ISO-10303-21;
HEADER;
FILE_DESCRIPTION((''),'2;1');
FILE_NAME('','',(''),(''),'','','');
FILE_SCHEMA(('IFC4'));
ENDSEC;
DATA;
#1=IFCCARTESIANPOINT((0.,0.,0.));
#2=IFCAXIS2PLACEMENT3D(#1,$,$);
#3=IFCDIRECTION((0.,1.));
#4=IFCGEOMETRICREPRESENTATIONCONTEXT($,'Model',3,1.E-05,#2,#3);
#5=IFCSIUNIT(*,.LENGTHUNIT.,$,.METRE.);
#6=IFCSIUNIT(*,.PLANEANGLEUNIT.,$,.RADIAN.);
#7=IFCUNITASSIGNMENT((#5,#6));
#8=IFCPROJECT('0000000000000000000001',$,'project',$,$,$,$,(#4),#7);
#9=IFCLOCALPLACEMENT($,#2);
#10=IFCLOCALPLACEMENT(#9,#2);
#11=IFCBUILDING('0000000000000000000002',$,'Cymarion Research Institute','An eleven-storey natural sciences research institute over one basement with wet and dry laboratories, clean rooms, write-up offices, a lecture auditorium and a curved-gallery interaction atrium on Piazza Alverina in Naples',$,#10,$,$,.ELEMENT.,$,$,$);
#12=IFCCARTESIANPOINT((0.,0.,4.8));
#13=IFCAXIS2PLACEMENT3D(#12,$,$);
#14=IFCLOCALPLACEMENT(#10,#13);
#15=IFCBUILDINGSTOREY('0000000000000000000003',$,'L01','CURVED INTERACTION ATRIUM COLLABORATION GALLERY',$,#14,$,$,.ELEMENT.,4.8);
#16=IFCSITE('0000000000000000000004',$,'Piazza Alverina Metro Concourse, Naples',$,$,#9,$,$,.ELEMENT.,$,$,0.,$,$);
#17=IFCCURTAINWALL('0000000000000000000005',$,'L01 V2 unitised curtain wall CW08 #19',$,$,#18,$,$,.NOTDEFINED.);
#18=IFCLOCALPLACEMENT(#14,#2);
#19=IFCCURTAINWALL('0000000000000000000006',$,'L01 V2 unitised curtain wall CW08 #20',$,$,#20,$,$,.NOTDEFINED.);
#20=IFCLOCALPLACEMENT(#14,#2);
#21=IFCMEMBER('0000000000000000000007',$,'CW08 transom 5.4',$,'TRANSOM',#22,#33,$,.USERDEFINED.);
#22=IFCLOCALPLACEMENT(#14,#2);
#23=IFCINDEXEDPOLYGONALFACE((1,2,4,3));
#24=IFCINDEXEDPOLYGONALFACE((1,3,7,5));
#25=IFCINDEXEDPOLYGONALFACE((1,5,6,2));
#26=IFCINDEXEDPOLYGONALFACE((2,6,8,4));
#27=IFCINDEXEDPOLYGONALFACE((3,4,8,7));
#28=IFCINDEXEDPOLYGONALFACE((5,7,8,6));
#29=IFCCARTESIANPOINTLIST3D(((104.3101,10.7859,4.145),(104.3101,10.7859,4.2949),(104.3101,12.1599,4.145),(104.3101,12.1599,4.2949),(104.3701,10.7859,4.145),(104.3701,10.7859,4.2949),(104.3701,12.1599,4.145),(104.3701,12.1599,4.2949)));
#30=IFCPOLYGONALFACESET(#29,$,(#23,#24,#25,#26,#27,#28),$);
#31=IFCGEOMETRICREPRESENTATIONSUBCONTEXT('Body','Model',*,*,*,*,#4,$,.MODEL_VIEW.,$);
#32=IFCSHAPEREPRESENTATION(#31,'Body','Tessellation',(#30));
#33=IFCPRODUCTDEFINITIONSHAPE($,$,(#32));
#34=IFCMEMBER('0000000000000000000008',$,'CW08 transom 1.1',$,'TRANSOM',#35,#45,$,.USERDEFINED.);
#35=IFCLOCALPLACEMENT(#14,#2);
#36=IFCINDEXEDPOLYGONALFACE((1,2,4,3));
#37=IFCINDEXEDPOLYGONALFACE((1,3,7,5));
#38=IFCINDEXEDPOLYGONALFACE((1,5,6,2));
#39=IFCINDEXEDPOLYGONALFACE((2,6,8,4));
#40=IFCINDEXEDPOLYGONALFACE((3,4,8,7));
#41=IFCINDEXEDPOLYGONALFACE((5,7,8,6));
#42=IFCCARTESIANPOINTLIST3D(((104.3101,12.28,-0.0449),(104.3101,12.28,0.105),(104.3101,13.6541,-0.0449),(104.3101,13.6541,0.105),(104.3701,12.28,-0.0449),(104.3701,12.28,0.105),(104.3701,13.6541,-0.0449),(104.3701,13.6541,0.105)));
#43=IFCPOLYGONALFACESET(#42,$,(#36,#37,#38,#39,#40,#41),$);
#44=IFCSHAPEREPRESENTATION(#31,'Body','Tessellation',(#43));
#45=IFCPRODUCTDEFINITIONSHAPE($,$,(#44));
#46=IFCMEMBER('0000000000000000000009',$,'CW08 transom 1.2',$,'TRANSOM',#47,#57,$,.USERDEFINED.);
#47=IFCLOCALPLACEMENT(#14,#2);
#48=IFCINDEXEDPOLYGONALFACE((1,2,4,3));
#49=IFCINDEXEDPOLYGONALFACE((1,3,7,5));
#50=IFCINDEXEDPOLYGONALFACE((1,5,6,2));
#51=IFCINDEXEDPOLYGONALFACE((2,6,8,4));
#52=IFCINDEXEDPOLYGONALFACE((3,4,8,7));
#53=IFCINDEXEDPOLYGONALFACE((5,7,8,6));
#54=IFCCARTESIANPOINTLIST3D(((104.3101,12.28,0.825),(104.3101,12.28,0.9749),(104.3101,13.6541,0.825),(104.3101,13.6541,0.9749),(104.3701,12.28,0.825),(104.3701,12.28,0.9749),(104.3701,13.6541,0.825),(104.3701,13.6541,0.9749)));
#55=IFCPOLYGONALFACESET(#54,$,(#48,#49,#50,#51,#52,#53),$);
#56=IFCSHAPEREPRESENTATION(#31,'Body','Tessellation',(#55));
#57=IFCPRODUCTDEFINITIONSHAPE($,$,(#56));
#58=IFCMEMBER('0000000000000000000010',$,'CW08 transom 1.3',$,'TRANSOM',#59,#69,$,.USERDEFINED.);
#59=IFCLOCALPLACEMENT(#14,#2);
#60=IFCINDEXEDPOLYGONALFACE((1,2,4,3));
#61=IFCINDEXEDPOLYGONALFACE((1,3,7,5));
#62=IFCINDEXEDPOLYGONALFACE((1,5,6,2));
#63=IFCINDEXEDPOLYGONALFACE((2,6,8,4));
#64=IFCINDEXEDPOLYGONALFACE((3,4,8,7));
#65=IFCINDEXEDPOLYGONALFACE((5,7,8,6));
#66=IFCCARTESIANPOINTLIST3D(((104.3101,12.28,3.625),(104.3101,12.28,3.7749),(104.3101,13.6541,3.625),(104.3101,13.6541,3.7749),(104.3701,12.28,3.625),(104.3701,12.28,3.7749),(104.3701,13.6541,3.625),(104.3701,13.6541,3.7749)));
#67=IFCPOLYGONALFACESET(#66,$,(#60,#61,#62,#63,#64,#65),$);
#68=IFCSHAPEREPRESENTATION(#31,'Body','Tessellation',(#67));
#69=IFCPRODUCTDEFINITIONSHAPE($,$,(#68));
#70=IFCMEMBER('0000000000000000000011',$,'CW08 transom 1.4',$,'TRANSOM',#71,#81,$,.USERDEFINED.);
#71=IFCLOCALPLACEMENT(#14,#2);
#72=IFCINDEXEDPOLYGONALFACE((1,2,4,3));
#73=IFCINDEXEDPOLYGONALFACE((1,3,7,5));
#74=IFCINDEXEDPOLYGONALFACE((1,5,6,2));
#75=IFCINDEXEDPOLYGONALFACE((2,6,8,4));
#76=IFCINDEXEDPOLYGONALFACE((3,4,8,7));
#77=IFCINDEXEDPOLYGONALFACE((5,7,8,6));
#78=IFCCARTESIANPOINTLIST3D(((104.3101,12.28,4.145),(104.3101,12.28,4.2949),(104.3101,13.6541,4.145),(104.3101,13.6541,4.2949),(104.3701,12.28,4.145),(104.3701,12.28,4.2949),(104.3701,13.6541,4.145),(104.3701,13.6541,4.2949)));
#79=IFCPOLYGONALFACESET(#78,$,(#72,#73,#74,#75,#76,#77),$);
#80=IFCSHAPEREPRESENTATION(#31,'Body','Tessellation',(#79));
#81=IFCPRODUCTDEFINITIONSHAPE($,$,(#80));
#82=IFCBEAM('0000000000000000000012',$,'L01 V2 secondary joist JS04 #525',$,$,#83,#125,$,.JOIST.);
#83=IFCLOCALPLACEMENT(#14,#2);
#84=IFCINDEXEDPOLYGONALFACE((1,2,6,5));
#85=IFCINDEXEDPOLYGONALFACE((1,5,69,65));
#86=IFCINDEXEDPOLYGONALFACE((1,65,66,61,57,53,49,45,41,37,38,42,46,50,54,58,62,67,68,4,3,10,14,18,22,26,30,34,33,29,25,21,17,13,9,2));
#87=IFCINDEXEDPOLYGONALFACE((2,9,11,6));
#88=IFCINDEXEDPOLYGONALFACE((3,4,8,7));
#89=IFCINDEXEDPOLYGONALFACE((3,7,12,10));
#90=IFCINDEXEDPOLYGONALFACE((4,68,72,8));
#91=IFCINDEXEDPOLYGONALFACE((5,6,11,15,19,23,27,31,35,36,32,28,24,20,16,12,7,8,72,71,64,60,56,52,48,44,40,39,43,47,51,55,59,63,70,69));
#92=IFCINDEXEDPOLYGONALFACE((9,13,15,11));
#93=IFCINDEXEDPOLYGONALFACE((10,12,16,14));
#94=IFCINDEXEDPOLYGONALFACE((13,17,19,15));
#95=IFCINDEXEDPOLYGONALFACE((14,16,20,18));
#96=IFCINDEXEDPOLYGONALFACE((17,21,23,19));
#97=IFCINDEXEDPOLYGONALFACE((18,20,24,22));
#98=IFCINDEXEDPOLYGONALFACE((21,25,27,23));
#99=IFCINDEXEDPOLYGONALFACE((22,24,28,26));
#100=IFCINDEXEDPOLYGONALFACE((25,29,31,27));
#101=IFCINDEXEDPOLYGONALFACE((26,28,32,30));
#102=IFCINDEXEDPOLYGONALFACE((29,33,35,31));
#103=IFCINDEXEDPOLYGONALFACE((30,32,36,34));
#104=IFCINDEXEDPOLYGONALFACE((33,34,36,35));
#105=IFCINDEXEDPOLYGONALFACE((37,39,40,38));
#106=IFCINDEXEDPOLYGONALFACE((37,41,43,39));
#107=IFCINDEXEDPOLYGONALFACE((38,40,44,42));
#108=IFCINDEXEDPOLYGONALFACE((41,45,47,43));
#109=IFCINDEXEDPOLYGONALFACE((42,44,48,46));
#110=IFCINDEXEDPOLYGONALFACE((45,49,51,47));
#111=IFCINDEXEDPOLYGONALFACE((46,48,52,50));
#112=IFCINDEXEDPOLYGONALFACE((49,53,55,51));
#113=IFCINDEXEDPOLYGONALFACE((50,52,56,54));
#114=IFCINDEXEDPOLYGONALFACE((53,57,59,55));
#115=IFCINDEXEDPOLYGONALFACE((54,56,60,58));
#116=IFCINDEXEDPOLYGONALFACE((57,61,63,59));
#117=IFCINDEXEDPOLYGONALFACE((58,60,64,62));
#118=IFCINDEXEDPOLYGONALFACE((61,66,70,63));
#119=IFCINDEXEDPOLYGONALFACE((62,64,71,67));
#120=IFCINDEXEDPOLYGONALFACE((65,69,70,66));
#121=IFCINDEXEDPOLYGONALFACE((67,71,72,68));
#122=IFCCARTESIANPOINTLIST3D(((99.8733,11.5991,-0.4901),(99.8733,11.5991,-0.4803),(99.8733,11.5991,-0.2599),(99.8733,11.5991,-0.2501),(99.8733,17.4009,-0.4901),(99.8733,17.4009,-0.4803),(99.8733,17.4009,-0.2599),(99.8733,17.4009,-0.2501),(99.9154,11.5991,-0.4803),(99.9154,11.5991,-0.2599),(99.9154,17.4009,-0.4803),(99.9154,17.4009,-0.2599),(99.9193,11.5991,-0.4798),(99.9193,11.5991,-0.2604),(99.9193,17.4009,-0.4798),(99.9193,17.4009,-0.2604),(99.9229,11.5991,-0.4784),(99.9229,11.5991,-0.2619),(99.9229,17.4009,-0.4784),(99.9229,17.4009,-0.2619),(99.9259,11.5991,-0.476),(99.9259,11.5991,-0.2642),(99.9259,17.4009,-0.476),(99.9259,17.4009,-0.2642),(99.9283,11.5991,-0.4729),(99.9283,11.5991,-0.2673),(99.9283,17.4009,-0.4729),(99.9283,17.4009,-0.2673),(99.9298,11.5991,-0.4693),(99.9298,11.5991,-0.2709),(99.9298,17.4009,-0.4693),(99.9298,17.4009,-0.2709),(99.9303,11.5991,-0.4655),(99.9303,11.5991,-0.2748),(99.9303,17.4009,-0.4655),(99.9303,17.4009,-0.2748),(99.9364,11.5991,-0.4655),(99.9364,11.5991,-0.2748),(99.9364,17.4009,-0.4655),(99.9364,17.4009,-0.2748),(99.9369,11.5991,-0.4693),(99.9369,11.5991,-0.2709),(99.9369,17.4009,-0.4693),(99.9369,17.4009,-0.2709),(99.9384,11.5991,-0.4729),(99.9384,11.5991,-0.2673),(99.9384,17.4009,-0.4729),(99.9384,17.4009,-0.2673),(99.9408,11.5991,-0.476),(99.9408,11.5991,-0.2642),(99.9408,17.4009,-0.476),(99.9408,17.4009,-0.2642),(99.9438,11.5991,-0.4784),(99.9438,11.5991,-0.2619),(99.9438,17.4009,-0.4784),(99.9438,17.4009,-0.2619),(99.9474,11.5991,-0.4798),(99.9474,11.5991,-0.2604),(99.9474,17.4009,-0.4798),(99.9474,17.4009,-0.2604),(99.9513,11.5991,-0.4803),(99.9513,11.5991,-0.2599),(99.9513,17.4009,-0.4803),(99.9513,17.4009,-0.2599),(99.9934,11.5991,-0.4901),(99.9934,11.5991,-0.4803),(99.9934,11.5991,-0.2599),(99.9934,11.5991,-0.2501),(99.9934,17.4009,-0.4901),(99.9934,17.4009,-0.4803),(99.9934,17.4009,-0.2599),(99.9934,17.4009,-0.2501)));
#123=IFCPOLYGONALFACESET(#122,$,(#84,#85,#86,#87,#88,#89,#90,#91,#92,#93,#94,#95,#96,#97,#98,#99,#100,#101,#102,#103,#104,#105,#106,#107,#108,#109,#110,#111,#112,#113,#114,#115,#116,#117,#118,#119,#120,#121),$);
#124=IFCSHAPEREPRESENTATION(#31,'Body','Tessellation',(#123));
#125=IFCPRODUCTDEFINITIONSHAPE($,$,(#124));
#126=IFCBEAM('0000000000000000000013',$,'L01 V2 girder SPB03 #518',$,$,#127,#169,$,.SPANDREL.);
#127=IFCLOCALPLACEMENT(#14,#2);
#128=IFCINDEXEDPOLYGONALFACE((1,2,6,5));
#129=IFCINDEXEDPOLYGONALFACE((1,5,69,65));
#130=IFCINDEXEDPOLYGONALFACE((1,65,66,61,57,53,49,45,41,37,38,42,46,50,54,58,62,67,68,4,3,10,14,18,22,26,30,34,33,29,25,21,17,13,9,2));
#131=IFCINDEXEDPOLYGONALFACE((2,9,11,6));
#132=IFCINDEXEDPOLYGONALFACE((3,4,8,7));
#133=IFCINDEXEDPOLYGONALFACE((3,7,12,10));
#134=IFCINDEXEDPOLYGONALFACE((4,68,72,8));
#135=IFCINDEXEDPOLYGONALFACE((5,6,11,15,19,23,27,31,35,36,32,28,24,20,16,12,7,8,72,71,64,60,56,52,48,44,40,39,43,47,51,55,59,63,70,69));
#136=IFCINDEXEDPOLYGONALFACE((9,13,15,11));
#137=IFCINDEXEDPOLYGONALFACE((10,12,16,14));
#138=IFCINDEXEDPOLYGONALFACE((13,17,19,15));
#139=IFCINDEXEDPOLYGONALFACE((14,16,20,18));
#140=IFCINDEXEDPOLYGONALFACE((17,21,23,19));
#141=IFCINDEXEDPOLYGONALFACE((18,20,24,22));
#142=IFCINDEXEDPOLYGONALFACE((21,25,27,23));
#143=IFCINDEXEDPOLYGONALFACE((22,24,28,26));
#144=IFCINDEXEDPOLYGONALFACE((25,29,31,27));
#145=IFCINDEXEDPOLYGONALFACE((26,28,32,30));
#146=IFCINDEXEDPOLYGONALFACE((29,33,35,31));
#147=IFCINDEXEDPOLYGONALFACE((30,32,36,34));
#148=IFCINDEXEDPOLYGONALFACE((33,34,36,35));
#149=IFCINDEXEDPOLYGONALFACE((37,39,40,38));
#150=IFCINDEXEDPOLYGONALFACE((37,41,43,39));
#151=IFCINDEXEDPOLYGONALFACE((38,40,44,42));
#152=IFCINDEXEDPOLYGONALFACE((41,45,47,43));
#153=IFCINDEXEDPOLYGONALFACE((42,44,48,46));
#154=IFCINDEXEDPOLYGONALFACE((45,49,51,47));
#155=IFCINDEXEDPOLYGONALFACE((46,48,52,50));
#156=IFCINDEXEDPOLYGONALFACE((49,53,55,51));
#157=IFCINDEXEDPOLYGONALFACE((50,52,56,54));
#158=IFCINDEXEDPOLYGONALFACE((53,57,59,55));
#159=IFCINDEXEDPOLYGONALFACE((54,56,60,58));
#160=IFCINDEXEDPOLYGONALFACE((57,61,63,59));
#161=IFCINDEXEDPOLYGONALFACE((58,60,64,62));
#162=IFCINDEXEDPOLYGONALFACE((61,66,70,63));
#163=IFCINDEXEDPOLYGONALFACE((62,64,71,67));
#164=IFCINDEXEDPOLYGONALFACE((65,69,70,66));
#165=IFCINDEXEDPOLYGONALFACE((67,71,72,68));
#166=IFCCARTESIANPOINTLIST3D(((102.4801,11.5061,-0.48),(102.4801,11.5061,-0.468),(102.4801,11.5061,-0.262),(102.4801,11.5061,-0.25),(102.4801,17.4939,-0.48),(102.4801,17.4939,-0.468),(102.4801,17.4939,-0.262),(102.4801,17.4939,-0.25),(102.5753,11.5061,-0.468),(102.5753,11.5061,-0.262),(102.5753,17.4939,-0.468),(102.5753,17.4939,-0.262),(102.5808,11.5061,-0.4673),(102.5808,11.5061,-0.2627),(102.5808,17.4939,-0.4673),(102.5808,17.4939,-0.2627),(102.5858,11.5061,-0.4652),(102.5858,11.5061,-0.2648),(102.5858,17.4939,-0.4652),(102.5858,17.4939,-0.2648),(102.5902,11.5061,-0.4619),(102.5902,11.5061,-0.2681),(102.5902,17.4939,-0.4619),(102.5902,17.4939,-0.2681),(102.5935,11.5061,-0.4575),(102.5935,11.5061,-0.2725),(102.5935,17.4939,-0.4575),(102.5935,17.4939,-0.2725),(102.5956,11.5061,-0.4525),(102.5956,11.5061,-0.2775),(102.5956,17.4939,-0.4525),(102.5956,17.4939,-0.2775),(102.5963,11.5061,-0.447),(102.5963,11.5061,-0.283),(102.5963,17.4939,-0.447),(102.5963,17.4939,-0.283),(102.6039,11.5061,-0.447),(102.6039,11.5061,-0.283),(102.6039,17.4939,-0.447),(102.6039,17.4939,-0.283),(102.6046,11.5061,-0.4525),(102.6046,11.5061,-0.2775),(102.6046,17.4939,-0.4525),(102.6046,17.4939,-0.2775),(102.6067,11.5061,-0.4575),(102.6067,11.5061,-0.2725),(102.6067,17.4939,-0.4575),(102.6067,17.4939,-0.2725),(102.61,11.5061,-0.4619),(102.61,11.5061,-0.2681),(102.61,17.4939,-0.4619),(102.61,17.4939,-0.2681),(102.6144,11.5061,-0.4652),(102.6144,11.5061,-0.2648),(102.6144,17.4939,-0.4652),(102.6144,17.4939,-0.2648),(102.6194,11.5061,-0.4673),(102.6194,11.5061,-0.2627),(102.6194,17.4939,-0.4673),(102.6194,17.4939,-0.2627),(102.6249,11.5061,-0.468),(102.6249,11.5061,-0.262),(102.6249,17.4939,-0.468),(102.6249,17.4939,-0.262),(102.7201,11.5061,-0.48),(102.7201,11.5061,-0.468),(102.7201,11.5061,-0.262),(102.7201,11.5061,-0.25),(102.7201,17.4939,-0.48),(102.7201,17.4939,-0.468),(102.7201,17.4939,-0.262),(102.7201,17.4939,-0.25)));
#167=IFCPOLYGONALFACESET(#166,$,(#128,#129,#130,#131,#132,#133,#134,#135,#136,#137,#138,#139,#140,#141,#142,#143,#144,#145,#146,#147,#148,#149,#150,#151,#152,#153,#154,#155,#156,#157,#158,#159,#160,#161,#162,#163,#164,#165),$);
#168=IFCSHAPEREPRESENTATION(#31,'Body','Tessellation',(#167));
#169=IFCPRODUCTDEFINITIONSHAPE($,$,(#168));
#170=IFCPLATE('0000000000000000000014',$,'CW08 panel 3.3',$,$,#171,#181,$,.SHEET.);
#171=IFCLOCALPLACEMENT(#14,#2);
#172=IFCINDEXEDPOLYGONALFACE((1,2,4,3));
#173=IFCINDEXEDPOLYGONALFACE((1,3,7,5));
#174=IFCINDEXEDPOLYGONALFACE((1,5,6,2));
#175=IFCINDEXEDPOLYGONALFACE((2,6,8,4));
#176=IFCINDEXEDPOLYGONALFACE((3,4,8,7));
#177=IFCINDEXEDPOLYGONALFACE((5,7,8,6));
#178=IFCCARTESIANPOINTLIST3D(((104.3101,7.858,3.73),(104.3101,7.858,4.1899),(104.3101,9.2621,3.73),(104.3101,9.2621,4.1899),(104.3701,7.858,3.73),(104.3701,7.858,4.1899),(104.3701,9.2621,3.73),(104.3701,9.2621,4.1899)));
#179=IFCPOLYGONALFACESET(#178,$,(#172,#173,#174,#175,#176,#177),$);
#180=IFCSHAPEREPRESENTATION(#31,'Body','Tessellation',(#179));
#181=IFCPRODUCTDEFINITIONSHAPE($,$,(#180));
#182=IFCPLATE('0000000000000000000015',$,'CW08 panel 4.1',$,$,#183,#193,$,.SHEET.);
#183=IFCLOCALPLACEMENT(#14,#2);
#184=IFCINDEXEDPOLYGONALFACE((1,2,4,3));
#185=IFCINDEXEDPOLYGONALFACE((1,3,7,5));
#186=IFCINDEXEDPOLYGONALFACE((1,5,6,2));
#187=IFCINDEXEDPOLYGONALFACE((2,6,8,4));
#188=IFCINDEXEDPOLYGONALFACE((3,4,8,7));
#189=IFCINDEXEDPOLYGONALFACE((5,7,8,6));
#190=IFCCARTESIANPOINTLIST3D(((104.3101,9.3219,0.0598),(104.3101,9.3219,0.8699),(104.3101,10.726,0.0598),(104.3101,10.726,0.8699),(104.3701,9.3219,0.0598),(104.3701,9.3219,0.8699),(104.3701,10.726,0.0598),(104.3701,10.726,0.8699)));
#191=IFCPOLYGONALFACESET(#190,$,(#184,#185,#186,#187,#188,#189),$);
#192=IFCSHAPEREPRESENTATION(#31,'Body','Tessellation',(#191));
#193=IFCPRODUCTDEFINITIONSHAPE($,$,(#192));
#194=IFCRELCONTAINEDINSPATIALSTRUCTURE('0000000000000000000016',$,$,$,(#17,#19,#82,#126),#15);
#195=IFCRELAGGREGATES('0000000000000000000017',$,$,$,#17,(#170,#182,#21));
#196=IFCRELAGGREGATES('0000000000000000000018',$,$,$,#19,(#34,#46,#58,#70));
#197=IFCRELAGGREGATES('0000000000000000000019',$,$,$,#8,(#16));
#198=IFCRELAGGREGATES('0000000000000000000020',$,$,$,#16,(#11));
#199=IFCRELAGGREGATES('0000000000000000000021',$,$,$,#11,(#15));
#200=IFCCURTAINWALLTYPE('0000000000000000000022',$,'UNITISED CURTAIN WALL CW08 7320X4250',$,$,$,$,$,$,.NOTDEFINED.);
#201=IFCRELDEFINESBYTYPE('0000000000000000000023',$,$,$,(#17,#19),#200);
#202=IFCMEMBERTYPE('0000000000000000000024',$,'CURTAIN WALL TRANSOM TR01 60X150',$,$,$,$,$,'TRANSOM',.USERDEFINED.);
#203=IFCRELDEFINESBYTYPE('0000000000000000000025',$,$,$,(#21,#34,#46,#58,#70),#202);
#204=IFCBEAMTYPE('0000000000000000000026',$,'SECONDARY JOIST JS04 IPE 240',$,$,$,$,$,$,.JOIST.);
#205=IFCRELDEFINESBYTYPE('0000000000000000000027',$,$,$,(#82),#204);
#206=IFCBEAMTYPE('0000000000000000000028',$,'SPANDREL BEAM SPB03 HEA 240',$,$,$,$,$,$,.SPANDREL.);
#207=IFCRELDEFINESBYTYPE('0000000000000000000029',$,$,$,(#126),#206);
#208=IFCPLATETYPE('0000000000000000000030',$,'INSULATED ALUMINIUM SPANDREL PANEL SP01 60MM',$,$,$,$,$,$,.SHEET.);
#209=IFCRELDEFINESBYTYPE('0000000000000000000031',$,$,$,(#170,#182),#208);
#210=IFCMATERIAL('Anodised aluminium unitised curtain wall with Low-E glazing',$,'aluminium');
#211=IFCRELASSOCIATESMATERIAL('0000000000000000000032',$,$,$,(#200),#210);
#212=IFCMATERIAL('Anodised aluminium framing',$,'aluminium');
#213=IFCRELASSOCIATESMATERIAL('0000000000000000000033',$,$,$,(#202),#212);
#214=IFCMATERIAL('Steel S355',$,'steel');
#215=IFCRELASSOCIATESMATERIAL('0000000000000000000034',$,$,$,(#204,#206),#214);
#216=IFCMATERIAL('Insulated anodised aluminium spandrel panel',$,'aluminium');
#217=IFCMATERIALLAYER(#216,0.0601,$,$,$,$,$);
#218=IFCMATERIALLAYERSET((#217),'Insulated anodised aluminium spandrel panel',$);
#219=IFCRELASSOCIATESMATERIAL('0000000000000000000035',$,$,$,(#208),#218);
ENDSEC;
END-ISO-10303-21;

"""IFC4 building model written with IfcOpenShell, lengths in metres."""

from ifc_helpers import new_model, si_unit, direction, frame, origin, origin_2d, place, context, subcontext, project, spatial, rectangle, i_section, extrude, material, layer, layer_set, material_profile, profile_set, type_object, element, aggregate, save


model = new_model("IFC4")

# Units and contexts
model_context = context("Model", 3, precision=1e-05, world=origin(), true_north=direction((0.0, 1.0)))
body_context = subcontext(model_context, "Body", "Model", "MODEL_VIEW")
ifc_project = project(units=[si_unit("LENGTHUNIT", "METRE"), si_unit("PLANEANGLEUNIT", "RADIAN")], contexts=[model_context])

# Site, building, storey
site_placement = place(None, origin())
site = spatial("IfcSite", under=ifc_project, at=site_placement, Name="Piazza Alverina Metro Concourse, Naples", CompositionType="ELEMENT", RefElevation=0.0)
building_placement = place(site_placement, origin())
building = spatial("IfcBuilding", under=site, at=building_placement, Name="Cymarion Research Institute", Description="An eleven-storey natural sciences research institute over one basement with wet and dry laboratories, clean rooms, write-up offices, a lecture auditorium and a curved-gallery interaction atrium on Piazza Alverina in Naples", CompositionType="ELEMENT")
storey_placement = place(building_placement, frame((0.0, 0.0, 4.8)))
storey = spatial("IfcBuildingStorey", under=building, at=storey_placement, Name="L01", Description="CURVED INTERACTION ATRIUM COLLABORATION GALLERY", CompositionType="ELEMENT", Elevation=4.8)

# Shared definitions
ifc_material_1 = material(Name="Steel S355", Category="steel")

# Curtain wall
ifc_material_2 = material(Name="Anodised aluminium unitised curtain wall with Low-E glazing", Category="aluminium")
curtain_wall_type = type_object("IfcCurtainWallType", Name="UNITISED CURTAIN WALL CW08 7320X4250", PredefinedType="NOTDEFINED", material=ifc_material_2)
curtain_wall_1_placement = place(storey_placement, origin())
curtain_wall_1 = element("IfcCurtainWall", 1, at=curtain_wall_1_placement, inside=storey, type_object=curtain_wall_type, Name="L01 V2 unitised curtain wall CW08 #19", PredefinedType="NOTDEFINED")
ifc_material_3 = material(Name="Anodised aluminium framing", Category="aluminium")

# Curtain wall
curtain_wall_2_placement = place(storey_placement, origin())
curtain_wall_2 = element("IfcCurtainWall", 2, at=curtain_wall_2_placement, inside=storey, type_object=curtain_wall_type, Name="L01 V2 unitised curtain wall CW08 #20", PredefinedType="NOTDEFINED")

# Members
ifc_material_profile_1 = material_profile(ifc_material_3, rectangle(XDim=0.0601, YDim=0.1499, at=origin_2d()), Name="ALU TRANSOM 60x150")
ifc_profile_set_1 = profile_set([ifc_material_profile_1], Name="Anodised aluminium framing")
member_type_1 = type_object("IfcMemberType", Name="CURTAIN WALL TRANSOM TR01 60X150", ElementType="TRANSOM", PredefinedType="USERDEFINED", material=ifc_profile_set_1)
member_1_placement = place(storey_placement, frame((104.3401, 10.7859, 4.22), z_axis=(0.0, 1.0, 0.0), x_axis=(-1.0, 0.0, 0.0)))
member_1 = element("IfcMember", 3, at=member_1_placement, type_object=member_type_1, Name="CW08 transom 5.4", ObjectType="TRANSOM", PredefinedType="USERDEFINED", context=body_context, shape_type="SweptSolid", body=[
    extrude(rectangle(XDim=0.0601, YDim=0.1499, at=origin_2d()), origin(), (0.0, 0.0, 1.0), 1.374),
])
member_2_placement = place(storey_placement, frame((104.3401, 12.28, 0.03), z_axis=(0.0, 1.0, 0.0), x_axis=(-1.0, 0.0, 0.0)))
member_2 = element("IfcMember", 4, at=member_2_placement, type_object=member_type_1, Name="CW08 transom 1.1", ObjectType="TRANSOM", PredefinedType="USERDEFINED", context=body_context, shape_type="SweptSolid", body=[
    extrude(rectangle(XDim=0.0601, YDim=0.1499, at=origin_2d()), origin(), (0.0, 0.0, 1.0), 1.374),
])
member_3_placement = place(storey_placement, frame((104.3401, 12.28, 0.8999), z_axis=(0.0, 1.0, 0.0), x_axis=(-1.0, 0.0, 0.0)))
member_3 = element("IfcMember", 5, at=member_3_placement, type_object=member_type_1, Name="CW08 transom 1.2", ObjectType="TRANSOM", PredefinedType="USERDEFINED", context=body_context, shape_type="SweptSolid", body=[
    extrude(rectangle(XDim=0.0601, YDim=0.1499, at=origin_2d()), origin(), (0.0, 0.0, 1.0), 1.374),
])
member_4_placement = place(storey_placement, frame((104.3401, 12.28, 3.7), z_axis=(0.0, 1.0, 0.0), x_axis=(-1.0, 0.0, 0.0)))
member_4 = element("IfcMember", 6, at=member_4_placement, type_object=member_type_1, Name="CW08 transom 1.3", ObjectType="TRANSOM", PredefinedType="USERDEFINED", context=body_context, shape_type="SweptSolid", body=[
    extrude(rectangle(XDim=0.0601, YDim=0.1499, at=origin_2d()), origin(), (0.0, 0.0, 1.0), 1.374),
])
member_5_placement = place(storey_placement, frame((104.3401, 12.28, 4.22), z_axis=(0.0, 1.0, 0.0), x_axis=(-1.0, 0.0, 0.0)))
member_5 = element("IfcMember", 7, at=member_5_placement, type_object=member_type_1, Name="CW08 transom 1.4", ObjectType="TRANSOM", PredefinedType="USERDEFINED", context=body_context, shape_type="SweptSolid", body=[
    extrude(rectangle(XDim=0.0601, YDim=0.1499, at=origin_2d()), origin(), (0.0, 0.0, 1.0), 1.374),
])

# Beams
ifc_material_profile_2 = material_profile(ifc_material_1, i_section(OverallWidth=0.1201, OverallDepth=0.24, WebThickness=0.0061, FlangeThickness=0.0098, FilletRadius=0.0149, at=origin_2d()), Name="IPE 240")
ifc_profile_set_2 = profile_set([ifc_material_profile_2], Name="Steel S355")
beam_type_1 = type_object("IfcBeamType", Name="SECONDARY JOIST JS04 IPE 240", PredefinedType="JOIST", material=ifc_profile_set_2)
beam_1_placement = place(storey_placement, frame((99.9333, 11.5991, -0.3701), z_axis=(0.0, 1.0, 0.0), x_axis=(-1.0, 0.0, 0.0)))
element("IfcBeam", 8, at=beam_1_placement, inside=storey, type_object=beam_type_1, Name="L01 V2 secondary joist JS04 #525", PredefinedType="JOIST", context=body_context, shape_type="SweptSolid", body=[
    extrude(i_section(OverallWidth=0.1201, OverallDepth=0.24, WebThickness=0.0061, FlangeThickness=0.0098, FilletRadius=0.0149, at=origin_2d()), origin(), (0.0, 0.0, 1.0), 5.8018),
])
ifc_material_profile_3 = material_profile(ifc_material_1, i_section(OverallWidth=0.24, OverallDepth=0.23, WebThickness=0.0076, FlangeThickness=0.012, FilletRadius=0.021, at=origin_2d()), Name="HEA 240")
ifc_profile_set_3 = profile_set([ifc_material_profile_3], Name="Steel S355")
beam_type_2 = type_object("IfcBeamType", Name="SPANDREL BEAM SPB03 HEA 240", PredefinedType="SPANDREL", material=ifc_profile_set_3)
beam_2_placement = place(storey_placement, frame((102.6001, 11.5061, -0.365), z_axis=(0.0, 1.0, 0.0), x_axis=(-1.0, 0.0, 0.0)))
element("IfcBeam", 9, at=beam_2_placement, inside=storey, type_object=beam_type_2, Name="L01 V2 girder SPB03 #518", PredefinedType="SPANDREL", context=body_context, shape_type="SweptSolid", body=[
    extrude(i_section(OverallWidth=0.24, OverallDepth=0.23, WebThickness=0.0076, FlangeThickness=0.012, FilletRadius=0.021, at=origin_2d()), origin(), (0.0, 0.0, 1.0), 5.9878),
])

# Plates
ifc_material_4 = material(Name="Insulated anodised aluminium spandrel panel", Category="aluminium")
ifc_layer_1 = layer(ifc_material_4, 0.0601)
ifc_layer_set_1 = layer_set([ifc_layer_1], Name="Insulated anodised aluminium spandrel panel")
plate_type_1 = type_object("IfcPlateType", Name="INSULATED ALUMINIUM SPANDREL PANEL SP01 60MM", PredefinedType="SHEET", material=ifc_layer_set_1)
plate_1_placement = place(storey_placement, frame((104.3401, 8.5601, 3.73), z_axis=(0.0, 0.0, 1.0), x_axis=(0.0, 1.0, 0.0)))
plate_1 = element("IfcPlate", 10, at=plate_1_placement, type_object=plate_type_1, Name="CW08 panel 3.3", PredefinedType="SHEET", context=body_context, shape_type="SweptSolid", body=[
    extrude(rectangle(XDim=1.4041, YDim=0.0601, at=origin_2d()), origin(), (0.0, 0.0, 1.0), 0.46),
])
plate_2_placement = place(storey_placement, frame((104.3401, 10.0239, 0.0598), z_axis=(0.0, 0.0, 1.0), x_axis=(0.0, 1.0, 0.0)))
plate_2 = element("IfcPlate", 11, at=plate_2_placement, type_object=plate_type_1, Name="CW08 panel 4.1", PredefinedType="SHEET", context=body_context, shape_type="SweptSolid", body=[
    extrude(rectangle(XDim=1.4041, YDim=0.0601, at=origin_2d()), origin(), (0.0, 0.0, 1.0), 0.8101),
])
aggregate(curtain_wall_1, [plate_1, plate_2, member_1])
aggregate(curtain_wall_2, [member_2, member_3, member_4, member_5])

save(model, "model.ifc")
